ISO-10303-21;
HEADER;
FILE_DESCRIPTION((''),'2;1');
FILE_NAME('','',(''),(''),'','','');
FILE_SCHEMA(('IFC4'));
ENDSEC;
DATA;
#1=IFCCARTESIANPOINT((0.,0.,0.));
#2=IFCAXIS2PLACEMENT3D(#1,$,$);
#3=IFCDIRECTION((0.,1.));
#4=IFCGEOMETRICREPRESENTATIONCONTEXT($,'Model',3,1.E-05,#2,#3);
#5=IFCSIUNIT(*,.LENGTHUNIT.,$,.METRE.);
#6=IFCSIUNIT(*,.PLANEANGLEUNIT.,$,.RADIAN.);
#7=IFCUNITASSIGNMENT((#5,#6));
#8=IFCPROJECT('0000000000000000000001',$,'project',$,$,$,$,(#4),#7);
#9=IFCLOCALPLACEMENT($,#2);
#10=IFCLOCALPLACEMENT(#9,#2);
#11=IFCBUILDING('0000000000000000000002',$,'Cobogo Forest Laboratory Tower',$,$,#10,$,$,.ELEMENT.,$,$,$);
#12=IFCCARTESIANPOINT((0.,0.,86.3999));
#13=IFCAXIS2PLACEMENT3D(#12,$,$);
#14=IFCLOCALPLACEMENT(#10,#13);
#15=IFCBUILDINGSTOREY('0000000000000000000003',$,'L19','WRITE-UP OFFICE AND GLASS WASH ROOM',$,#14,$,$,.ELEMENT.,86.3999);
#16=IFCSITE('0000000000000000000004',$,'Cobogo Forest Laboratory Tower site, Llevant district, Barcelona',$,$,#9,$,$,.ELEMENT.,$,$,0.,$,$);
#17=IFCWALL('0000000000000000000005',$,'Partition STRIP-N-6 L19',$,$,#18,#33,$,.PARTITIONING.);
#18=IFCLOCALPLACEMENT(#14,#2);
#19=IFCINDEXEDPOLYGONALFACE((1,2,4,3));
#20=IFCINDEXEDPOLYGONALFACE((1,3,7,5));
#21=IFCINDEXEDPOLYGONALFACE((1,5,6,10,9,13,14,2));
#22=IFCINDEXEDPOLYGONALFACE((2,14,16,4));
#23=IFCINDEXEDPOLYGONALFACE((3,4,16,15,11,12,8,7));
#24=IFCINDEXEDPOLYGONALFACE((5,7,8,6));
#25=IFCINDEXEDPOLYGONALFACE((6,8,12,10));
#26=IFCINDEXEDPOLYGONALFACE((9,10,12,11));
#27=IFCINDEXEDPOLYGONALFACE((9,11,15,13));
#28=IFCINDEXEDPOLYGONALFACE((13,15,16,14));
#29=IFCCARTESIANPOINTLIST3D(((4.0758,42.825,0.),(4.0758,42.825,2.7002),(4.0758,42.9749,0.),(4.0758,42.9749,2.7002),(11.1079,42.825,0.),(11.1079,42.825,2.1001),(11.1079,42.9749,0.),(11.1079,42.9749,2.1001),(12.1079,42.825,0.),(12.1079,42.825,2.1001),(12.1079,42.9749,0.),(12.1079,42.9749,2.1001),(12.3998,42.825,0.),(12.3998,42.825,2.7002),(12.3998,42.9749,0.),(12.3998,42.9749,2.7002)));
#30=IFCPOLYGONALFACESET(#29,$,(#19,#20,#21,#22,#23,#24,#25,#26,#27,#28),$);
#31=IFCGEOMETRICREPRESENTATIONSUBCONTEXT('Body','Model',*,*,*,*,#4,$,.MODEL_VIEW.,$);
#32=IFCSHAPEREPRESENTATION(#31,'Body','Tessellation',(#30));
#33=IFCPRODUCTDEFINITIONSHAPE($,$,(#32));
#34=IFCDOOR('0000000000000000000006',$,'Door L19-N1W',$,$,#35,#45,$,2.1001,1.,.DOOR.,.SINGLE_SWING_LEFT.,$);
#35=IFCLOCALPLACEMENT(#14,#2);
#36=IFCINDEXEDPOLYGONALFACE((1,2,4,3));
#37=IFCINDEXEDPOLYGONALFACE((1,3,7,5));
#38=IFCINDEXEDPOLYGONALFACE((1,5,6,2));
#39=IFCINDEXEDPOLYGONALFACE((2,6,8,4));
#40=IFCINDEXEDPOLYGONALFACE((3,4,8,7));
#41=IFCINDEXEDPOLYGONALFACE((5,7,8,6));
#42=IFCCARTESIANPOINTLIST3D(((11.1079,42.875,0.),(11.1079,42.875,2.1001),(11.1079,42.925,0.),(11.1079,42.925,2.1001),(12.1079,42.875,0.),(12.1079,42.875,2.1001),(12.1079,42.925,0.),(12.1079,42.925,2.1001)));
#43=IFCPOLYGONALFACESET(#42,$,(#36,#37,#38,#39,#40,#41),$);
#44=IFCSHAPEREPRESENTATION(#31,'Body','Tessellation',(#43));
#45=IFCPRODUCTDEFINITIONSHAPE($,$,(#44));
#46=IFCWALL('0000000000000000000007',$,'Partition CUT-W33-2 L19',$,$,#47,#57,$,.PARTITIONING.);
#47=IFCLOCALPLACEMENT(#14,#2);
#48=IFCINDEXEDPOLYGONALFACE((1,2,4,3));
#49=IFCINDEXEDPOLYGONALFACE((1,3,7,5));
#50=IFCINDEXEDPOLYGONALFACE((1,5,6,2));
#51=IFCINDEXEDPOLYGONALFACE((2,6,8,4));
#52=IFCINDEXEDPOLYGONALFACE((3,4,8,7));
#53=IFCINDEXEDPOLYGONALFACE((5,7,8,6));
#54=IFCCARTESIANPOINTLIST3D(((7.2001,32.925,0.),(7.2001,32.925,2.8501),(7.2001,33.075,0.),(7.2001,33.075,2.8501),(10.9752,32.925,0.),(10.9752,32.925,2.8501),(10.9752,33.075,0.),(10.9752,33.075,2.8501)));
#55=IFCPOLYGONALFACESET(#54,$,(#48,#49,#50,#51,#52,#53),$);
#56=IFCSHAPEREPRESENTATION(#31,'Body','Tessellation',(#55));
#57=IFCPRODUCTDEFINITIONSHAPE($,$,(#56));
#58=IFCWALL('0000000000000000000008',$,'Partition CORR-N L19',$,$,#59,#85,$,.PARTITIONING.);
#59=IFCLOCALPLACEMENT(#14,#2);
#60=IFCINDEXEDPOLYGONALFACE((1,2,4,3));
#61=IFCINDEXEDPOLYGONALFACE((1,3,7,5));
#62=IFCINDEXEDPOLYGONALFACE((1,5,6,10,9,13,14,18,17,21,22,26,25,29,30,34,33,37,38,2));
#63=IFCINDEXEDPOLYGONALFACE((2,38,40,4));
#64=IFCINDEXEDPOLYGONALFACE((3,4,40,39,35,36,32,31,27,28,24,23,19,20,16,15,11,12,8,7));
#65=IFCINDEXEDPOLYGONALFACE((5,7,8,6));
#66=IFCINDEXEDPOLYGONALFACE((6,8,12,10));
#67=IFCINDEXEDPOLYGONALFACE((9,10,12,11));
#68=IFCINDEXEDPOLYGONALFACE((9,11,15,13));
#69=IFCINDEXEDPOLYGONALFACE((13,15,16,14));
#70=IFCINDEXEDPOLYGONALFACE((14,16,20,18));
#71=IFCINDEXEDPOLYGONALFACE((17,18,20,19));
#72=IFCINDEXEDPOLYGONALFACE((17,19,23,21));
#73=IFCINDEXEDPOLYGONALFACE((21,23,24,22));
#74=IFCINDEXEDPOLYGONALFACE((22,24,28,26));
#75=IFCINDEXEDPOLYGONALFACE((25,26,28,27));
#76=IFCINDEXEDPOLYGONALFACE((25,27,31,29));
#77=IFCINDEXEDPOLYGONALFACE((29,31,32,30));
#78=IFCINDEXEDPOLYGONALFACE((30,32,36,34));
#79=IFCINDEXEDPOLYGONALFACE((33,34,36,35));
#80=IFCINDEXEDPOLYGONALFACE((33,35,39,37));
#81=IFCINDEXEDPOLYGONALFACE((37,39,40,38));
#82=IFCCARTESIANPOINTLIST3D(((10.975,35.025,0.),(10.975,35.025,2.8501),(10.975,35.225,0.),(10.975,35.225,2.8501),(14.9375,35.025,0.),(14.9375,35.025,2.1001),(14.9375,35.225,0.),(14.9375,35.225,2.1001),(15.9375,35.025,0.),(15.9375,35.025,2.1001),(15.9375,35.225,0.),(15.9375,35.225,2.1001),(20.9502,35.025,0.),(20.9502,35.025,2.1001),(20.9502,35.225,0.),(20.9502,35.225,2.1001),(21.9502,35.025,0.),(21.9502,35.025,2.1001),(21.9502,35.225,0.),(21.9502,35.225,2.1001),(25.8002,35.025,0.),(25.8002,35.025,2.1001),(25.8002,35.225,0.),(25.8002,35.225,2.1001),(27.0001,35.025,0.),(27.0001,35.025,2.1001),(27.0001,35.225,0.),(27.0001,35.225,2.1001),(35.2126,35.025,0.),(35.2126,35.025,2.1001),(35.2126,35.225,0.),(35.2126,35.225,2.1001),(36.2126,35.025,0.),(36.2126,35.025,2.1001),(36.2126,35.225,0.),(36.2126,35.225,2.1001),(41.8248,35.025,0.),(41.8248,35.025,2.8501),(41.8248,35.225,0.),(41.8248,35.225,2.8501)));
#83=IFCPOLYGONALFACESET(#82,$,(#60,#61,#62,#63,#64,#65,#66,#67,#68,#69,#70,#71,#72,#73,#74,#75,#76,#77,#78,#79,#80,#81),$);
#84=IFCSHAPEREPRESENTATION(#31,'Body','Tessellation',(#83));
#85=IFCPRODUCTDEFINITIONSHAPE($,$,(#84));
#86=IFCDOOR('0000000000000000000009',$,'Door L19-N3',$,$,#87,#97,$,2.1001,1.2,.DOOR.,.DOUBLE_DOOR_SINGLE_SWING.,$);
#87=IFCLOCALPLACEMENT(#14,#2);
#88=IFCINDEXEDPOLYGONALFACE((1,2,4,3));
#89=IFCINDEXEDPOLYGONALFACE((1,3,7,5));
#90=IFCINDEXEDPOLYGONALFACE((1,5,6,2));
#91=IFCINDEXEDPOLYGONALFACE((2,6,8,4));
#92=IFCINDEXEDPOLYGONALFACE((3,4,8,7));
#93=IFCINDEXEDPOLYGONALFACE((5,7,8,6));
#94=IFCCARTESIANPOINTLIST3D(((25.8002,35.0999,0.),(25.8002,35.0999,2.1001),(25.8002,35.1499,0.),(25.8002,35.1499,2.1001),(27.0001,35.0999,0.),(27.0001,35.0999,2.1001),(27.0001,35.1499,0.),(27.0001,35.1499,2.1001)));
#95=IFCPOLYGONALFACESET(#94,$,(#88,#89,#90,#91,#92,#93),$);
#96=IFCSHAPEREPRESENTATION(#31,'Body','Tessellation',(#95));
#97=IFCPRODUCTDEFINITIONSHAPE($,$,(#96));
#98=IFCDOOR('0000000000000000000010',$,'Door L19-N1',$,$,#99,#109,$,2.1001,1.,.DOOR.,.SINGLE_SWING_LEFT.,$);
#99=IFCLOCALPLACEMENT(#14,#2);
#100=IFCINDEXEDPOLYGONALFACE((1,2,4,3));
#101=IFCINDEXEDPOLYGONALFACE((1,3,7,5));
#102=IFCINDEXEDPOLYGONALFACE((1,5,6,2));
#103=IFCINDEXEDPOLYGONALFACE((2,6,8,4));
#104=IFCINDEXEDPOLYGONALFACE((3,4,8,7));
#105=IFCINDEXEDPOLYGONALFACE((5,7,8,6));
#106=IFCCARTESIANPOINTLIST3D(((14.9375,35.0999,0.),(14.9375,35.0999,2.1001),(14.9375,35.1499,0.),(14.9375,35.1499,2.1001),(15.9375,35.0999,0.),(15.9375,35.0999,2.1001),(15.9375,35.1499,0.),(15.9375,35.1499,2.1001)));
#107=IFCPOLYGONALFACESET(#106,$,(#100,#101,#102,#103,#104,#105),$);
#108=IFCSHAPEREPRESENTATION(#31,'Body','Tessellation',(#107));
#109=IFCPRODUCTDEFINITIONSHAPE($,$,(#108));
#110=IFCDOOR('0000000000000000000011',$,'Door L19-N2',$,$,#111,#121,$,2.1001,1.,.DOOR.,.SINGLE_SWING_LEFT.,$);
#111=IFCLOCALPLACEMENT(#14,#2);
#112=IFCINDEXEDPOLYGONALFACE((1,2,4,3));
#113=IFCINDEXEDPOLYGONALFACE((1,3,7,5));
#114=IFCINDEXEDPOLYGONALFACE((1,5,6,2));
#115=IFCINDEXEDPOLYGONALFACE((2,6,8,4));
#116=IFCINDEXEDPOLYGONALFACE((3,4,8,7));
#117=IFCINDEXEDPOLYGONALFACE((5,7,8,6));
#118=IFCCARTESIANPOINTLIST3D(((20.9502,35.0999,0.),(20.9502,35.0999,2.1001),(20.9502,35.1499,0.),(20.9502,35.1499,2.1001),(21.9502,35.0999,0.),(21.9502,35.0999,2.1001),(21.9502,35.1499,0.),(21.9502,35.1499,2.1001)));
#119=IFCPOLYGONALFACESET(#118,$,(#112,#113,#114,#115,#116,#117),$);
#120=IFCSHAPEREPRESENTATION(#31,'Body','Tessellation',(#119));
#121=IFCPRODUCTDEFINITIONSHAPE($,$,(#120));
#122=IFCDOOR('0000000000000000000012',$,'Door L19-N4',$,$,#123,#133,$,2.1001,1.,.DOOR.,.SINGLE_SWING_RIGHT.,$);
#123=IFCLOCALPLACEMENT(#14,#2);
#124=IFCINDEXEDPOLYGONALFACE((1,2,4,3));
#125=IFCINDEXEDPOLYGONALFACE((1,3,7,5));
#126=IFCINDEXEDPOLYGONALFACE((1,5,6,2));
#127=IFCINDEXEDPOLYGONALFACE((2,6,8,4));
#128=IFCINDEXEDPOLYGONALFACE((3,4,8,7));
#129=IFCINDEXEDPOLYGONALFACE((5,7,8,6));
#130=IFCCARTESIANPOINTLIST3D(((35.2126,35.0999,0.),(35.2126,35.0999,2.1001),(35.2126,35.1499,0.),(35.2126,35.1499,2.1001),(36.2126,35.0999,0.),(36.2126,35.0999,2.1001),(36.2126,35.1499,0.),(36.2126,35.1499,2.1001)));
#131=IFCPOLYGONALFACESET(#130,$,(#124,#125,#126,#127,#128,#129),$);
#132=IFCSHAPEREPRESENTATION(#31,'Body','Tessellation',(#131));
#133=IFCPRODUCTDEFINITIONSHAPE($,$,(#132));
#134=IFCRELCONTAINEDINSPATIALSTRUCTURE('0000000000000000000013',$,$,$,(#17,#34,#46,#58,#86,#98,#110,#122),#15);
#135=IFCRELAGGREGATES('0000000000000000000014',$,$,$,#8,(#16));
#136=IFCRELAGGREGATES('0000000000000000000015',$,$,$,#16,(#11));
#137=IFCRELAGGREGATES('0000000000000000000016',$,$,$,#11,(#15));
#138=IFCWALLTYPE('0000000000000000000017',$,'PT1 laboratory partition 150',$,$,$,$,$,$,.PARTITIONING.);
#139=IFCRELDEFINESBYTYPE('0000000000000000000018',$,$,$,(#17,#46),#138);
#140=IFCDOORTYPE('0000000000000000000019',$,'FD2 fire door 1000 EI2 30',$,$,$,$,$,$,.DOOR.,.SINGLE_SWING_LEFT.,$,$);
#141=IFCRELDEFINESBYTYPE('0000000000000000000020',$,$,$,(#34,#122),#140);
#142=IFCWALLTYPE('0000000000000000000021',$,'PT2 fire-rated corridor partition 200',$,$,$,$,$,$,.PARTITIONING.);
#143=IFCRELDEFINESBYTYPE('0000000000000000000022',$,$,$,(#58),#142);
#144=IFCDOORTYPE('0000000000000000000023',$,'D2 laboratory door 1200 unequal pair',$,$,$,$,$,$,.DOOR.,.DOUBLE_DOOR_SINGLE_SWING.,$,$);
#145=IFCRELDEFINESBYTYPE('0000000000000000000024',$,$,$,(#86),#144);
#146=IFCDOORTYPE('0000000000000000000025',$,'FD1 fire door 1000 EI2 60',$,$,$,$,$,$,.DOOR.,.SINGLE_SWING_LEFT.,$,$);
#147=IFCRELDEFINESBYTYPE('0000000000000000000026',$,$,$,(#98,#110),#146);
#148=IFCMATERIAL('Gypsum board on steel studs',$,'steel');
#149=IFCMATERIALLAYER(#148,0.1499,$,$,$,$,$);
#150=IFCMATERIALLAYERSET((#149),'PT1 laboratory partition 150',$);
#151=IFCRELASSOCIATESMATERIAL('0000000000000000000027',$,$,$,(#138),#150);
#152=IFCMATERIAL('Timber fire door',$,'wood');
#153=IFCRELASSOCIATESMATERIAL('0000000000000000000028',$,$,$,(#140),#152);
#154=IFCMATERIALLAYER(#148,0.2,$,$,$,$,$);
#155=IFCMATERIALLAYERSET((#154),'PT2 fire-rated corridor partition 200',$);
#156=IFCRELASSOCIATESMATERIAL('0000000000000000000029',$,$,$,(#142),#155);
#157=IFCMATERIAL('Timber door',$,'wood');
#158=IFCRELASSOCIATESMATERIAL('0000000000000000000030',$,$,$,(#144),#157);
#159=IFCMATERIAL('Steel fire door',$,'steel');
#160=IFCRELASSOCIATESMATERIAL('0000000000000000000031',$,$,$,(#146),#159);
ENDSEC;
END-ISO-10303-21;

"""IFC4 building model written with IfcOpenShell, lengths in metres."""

from ifc_helpers import new_model, si_unit, direction, frame, frame_2d, origin, place, context, subcontext, project, spatial, rectangle, extrude, material, layer, layer_set, type_object, element, fill, save


model = new_model("IFC4")

# Units and contexts
model_context = context("Model", 3, precision=1e-05, world=origin(), true_north=direction((0.0, 1.0)))
body_context = subcontext(model_context, "Body", "Model", "MODEL_VIEW")
ifc_project = project(units=[si_unit("LENGTHUNIT", "METRE"), si_unit("PLANEANGLEUNIT", "RADIAN")], contexts=[model_context])

# Site, building, storey
site_placement = place(None, origin())
site = spatial("IfcSite", under=ifc_project, at=site_placement, Name="Cobogo Forest Laboratory Tower site, Llevant district, Barcelona", CompositionType="ELEMENT", RefElevation=0.0)
building_placement = place(site_placement, origin())
building = spatial("IfcBuilding", under=site, at=building_placement, Name="Cobogo Forest Laboratory Tower", CompositionType="ELEMENT")
storey_placement = place(building_placement, frame((0.0, 0.0, 86.3999)))
storey = spatial("IfcBuildingStorey", under=building, at=storey_placement, Name="L19", Description="WRITE-UP OFFICE AND GLASS WASH ROOM", CompositionType="ELEMENT", Elevation=86.3999)

# Shared definitions
ifc_material_1 = material(Name="Gypsum board on steel studs", Category="steel")
ifc_layer_1 = layer(ifc_material_1, 0.1499)
ifc_layer_set_1 = layer_set([ifc_layer_1], Name="PT1 laboratory partition 150")
wall_type_1 = type_object("IfcWallType", Name="PT1 laboratory partition 150", PredefinedType="PARTITIONING", material=ifc_layer_set_1)

# Wall, opening, door
wall_1_placement = place(storey_placement, frame((12.3999, 42.8999, 0.0), z_axis=(0.0, 0.0, 1.0), x_axis=(-1.0, 0.0, 0.0)))
wall_1 = element("IfcWall", 1, at=wall_1_placement, inside=storey, type_object=wall_type_1, Name="Partition STRIP-N-6 L19", PredefinedType="PARTITIONING", context=body_context, shape_type="SweptSolid", body=[
    extrude(rectangle(XDim=8.324, YDim=0.1499, at=frame_2d((4.1621, 0.0))), origin(), (0.0, 0.0, 1.0), 2.7002),
])
opening_1_placement = place(wall_1_placement, frame((0.292, 0.0, 0.0)))
opening_1 = element("IfcOpeningElement", 2, at=opening_1_placement, cuts=wall_1, PredefinedType="OPENING", context=body_context, shape_type="SweptSolid", body=[
    extrude(rectangle(XDim=1.0, YDim=2.1001, at=frame_2d((0.5, 1.05))), frame((0.0, 0.085, 0.0), z_axis=(0.0, -1.0, 0.0), x_axis=(1.0, 0.0, 0.0)), (0.0, 0.0, 1.0), 0.1699),
])
ifc_material_2 = material(Name="Timber fire door", Category="wood")
door_type_1 = type_object("IfcDoorType", Name="FD2 fire door 1000 EI2 30", OperationType="SINGLE_SWING_LEFT", PredefinedType="DOOR", material=ifc_material_2)
door_1_placement = place(opening_1_placement, origin())
door_1 = element("IfcDoor", 3, at=door_1_placement, inside=storey, type_object=door_type_1, Name="Door L19-N1W", OperationType="SINGLE_SWING_LEFT", OverallHeight=2.1001, OverallWidth=1.0, PredefinedType="DOOR", context=body_context, shape_type="SweptSolid", body=[
    extrude(rectangle(XDim=1.0, YDim=2.1001, at=frame_2d((0.5, 1.05))), frame((0.0, 0.0249, 0.0), z_axis=(0.0, -1.0, 0.0), x_axis=(1.0, 0.0, 0.0)), (0.0, 0.0, 1.0), 0.05),
])
fill(opening_1, door_1)

# Wall
wall_2_placement = place(storey_placement, frame((7.2, 33.0, 0.0), z_axis=(0.0, 0.0, 1.0), x_axis=(1.0, 0.0, 0.0)))
element("IfcWall", 4, at=wall_2_placement, inside=storey, type_object=wall_type_1, Name="Partition CUT-W33-2 L19", PredefinedType="PARTITIONING", context=body_context, shape_type="SweptSolid", body=[
    extrude(rectangle(XDim=3.7751, YDim=0.1499, at=frame_2d((1.8877, 0.0))), origin(), (0.0, 0.0, 1.0), 2.8501),
])

# Wall, openings, doors
ifc_layer_2 = layer(ifc_material_1, 0.2)
ifc_layer_set_2 = layer_set([ifc_layer_2], Name="PT2 fire-rated corridor partition 200")
wall_type_2 = type_object("IfcWallType", Name="PT2 fire-rated corridor partition 200", PredefinedType="PARTITIONING", material=ifc_layer_set_2)
wall_3_placement = place(storey_placement, frame((10.9751, 35.125, 0.0), z_axis=(0.0, 0.0, 1.0), x_axis=(1.0, 0.0, 0.0)))
wall_3 = element("IfcWall", 5, at=wall_3_placement, inside=storey, type_object=wall_type_2, Name="Partition CORR-N L19", PredefinedType="PARTITIONING", context=body_context, shape_type="SweptSolid", body=[
    extrude(rectangle(XDim=30.8499, YDim=0.2, at=frame_2d((15.4248, 0.0))), origin(), (0.0, 0.0, 1.0), 2.8501),
])
opening_2_placement = place(wall_3_placement, frame((3.9624, 0.0, 0.0)))
opening_2 = element("IfcOpeningElement", 6, at=opening_2_placement, cuts=wall_3, PredefinedType="OPENING", context=body_context, shape_type="SweptSolid", body=[
    extrude(rectangle(XDim=1.0, YDim=2.1001, at=frame_2d((0.5, 1.05))), frame((0.0, 0.1099, 0.0), z_axis=(0.0, -1.0, 0.0), x_axis=(1.0, 0.0, 0.0)), (0.0, 0.0, 1.0), 0.22),
])
opening_3_placement = place(wall_3_placement, frame((9.9751, 0.0, 0.0)))
opening_3 = element("IfcOpeningElement", 7, at=opening_3_placement, cuts=wall_3, PredefinedType="OPENING", context=body_context, shape_type="SweptSolid", body=[
    extrude(rectangle(XDim=1.0, YDim=2.1001, at=frame_2d((0.5, 1.05))), frame((0.0, 0.1099, 0.0), z_axis=(0.0, -1.0, 0.0), x_axis=(1.0, 0.0, 0.0)), (0.0, 0.0, 1.0), 0.22),
])
opening_4_placement = place(wall_3_placement, frame((14.825, 0.0, 0.0)))
opening_4 = element("IfcOpeningElement", 8, at=opening_4_placement, cuts=wall_3, PredefinedType="OPENING", context=body_context, shape_type="SweptSolid", body=[
    extrude(rectangle(XDim=1.2, YDim=2.1001, at=frame_2d((0.6001, 1.05))), frame((0.0, 0.1099, 0.0), z_axis=(0.0, -1.0, 0.0), x_axis=(1.0, 0.0, 0.0)), (0.0, 0.0, 1.0), 0.22),
])
opening_5_placement = place(wall_3_placement, frame((24.2375, 0.0, 0.0)))
opening_5 = element("IfcOpeningElement", 9, at=opening_5_placement, cuts=wall_3, PredefinedType="OPENING", context=body_context, shape_type="SweptSolid", body=[
    extrude(rectangle(XDim=1.0, YDim=2.1001, at=frame_2d((0.5, 1.05))), frame((0.0, 0.1099, 0.0), z_axis=(0.0, -1.0, 0.0), x_axis=(1.0, 0.0, 0.0)), (0.0, 0.0, 1.0), 0.22),
])
ifc_material_3 = material(Name="Timber door", Category="wood")
door_type_2 = type_object("IfcDoorType", Name="D2 laboratory door 1200 unequal pair", OperationType="DOUBLE_DOOR_SINGLE_SWING", PredefinedType="DOOR", material=ifc_material_3)
door_2_placement = place(opening_4_placement, origin())
door_2 = element("IfcDoor", 10, at=door_2_placement, inside=storey, type_object=door_type_2, Name="Door L19-N3", OperationType="DOUBLE_DOOR_SINGLE_SWING", OverallHeight=2.1001, OverallWidth=1.2, PredefinedType="DOOR", context=body_context, shape_type="SweptSolid", body=[
    extrude(rectangle(XDim=1.2, YDim=2.1001, at=frame_2d((0.6001, 1.05))), frame((0.0, 0.0249, 0.0), z_axis=(0.0, -1.0, 0.0), x_axis=(1.0, 0.0, 0.0)), (0.0, 0.0, 1.0), 0.05),
])
fill(opening_4, door_2)
ifc_material_4 = material(Name="Steel fire door", Category="steel")
door_type_3 = type_object("IfcDoorType", Name="FD1 fire door 1000 EI2 60", OperationType="SINGLE_SWING_LEFT", PredefinedType="DOOR", material=ifc_material_4)
door_3_placement = place(opening_2_placement, origin())
door_3 = element("IfcDoor", 11, at=door_3_placement, inside=storey, type_object=door_type_3, Name="Door L19-N1", OperationType="SINGLE_SWING_LEFT", OverallHeight=2.1001, OverallWidth=1.0, PredefinedType="DOOR", context=body_context, shape_type="SweptSolid", body=[
    extrude(rectangle(XDim=1.0, YDim=2.1001, at=frame_2d((0.5, 1.05))), frame((0.0, 0.0249, 0.0), z_axis=(0.0, -1.0, 0.0), x_axis=(1.0, 0.0, 0.0)), (0.0, 0.0, 1.0), 0.05),
])
fill(opening_2, door_3)
door_4_placement = place(opening_3_placement, origin())
door_4 = element("IfcDoor", 12, at=door_4_placement, inside=storey, type_object=door_type_3, Name="Door L19-N2", OperationType="SINGLE_SWING_LEFT", OverallHeight=2.1001, OverallWidth=1.0, PredefinedType="DOOR", context=body_context, shape_type="SweptSolid", body=[
    extrude(rectangle(XDim=1.0, YDim=2.1001, at=frame_2d((0.5, 1.05))), frame((0.0, 0.0249, 0.0), z_axis=(0.0, -1.0, 0.0), x_axis=(1.0, 0.0, 0.0)), (0.0, 0.0, 1.0), 0.05),
])
fill(opening_3, door_4)
door_5_placement = place(opening_5_placement, origin())
door_5 = element("IfcDoor", 13, at=door_5_placement, inside=storey, type_object=door_type_1, Name="Door L19-N4", OperationType="SINGLE_SWING_RIGHT", OverallHeight=2.1001, OverallWidth=1.0, PredefinedType="DOOR", context=body_context, shape_type="SweptSolid", body=[
    extrude(rectangle(XDim=1.0, YDim=2.1001, at=frame_2d((0.5, 1.05))), frame((0.0, 0.0249, 0.0), z_axis=(0.0, -1.0, 0.0), x_axis=(1.0, 0.0, 0.0)), (0.0, 0.0, 1.0), 0.05),
])
fill(opening_5, door_5)

save(model, "model.ifc")
